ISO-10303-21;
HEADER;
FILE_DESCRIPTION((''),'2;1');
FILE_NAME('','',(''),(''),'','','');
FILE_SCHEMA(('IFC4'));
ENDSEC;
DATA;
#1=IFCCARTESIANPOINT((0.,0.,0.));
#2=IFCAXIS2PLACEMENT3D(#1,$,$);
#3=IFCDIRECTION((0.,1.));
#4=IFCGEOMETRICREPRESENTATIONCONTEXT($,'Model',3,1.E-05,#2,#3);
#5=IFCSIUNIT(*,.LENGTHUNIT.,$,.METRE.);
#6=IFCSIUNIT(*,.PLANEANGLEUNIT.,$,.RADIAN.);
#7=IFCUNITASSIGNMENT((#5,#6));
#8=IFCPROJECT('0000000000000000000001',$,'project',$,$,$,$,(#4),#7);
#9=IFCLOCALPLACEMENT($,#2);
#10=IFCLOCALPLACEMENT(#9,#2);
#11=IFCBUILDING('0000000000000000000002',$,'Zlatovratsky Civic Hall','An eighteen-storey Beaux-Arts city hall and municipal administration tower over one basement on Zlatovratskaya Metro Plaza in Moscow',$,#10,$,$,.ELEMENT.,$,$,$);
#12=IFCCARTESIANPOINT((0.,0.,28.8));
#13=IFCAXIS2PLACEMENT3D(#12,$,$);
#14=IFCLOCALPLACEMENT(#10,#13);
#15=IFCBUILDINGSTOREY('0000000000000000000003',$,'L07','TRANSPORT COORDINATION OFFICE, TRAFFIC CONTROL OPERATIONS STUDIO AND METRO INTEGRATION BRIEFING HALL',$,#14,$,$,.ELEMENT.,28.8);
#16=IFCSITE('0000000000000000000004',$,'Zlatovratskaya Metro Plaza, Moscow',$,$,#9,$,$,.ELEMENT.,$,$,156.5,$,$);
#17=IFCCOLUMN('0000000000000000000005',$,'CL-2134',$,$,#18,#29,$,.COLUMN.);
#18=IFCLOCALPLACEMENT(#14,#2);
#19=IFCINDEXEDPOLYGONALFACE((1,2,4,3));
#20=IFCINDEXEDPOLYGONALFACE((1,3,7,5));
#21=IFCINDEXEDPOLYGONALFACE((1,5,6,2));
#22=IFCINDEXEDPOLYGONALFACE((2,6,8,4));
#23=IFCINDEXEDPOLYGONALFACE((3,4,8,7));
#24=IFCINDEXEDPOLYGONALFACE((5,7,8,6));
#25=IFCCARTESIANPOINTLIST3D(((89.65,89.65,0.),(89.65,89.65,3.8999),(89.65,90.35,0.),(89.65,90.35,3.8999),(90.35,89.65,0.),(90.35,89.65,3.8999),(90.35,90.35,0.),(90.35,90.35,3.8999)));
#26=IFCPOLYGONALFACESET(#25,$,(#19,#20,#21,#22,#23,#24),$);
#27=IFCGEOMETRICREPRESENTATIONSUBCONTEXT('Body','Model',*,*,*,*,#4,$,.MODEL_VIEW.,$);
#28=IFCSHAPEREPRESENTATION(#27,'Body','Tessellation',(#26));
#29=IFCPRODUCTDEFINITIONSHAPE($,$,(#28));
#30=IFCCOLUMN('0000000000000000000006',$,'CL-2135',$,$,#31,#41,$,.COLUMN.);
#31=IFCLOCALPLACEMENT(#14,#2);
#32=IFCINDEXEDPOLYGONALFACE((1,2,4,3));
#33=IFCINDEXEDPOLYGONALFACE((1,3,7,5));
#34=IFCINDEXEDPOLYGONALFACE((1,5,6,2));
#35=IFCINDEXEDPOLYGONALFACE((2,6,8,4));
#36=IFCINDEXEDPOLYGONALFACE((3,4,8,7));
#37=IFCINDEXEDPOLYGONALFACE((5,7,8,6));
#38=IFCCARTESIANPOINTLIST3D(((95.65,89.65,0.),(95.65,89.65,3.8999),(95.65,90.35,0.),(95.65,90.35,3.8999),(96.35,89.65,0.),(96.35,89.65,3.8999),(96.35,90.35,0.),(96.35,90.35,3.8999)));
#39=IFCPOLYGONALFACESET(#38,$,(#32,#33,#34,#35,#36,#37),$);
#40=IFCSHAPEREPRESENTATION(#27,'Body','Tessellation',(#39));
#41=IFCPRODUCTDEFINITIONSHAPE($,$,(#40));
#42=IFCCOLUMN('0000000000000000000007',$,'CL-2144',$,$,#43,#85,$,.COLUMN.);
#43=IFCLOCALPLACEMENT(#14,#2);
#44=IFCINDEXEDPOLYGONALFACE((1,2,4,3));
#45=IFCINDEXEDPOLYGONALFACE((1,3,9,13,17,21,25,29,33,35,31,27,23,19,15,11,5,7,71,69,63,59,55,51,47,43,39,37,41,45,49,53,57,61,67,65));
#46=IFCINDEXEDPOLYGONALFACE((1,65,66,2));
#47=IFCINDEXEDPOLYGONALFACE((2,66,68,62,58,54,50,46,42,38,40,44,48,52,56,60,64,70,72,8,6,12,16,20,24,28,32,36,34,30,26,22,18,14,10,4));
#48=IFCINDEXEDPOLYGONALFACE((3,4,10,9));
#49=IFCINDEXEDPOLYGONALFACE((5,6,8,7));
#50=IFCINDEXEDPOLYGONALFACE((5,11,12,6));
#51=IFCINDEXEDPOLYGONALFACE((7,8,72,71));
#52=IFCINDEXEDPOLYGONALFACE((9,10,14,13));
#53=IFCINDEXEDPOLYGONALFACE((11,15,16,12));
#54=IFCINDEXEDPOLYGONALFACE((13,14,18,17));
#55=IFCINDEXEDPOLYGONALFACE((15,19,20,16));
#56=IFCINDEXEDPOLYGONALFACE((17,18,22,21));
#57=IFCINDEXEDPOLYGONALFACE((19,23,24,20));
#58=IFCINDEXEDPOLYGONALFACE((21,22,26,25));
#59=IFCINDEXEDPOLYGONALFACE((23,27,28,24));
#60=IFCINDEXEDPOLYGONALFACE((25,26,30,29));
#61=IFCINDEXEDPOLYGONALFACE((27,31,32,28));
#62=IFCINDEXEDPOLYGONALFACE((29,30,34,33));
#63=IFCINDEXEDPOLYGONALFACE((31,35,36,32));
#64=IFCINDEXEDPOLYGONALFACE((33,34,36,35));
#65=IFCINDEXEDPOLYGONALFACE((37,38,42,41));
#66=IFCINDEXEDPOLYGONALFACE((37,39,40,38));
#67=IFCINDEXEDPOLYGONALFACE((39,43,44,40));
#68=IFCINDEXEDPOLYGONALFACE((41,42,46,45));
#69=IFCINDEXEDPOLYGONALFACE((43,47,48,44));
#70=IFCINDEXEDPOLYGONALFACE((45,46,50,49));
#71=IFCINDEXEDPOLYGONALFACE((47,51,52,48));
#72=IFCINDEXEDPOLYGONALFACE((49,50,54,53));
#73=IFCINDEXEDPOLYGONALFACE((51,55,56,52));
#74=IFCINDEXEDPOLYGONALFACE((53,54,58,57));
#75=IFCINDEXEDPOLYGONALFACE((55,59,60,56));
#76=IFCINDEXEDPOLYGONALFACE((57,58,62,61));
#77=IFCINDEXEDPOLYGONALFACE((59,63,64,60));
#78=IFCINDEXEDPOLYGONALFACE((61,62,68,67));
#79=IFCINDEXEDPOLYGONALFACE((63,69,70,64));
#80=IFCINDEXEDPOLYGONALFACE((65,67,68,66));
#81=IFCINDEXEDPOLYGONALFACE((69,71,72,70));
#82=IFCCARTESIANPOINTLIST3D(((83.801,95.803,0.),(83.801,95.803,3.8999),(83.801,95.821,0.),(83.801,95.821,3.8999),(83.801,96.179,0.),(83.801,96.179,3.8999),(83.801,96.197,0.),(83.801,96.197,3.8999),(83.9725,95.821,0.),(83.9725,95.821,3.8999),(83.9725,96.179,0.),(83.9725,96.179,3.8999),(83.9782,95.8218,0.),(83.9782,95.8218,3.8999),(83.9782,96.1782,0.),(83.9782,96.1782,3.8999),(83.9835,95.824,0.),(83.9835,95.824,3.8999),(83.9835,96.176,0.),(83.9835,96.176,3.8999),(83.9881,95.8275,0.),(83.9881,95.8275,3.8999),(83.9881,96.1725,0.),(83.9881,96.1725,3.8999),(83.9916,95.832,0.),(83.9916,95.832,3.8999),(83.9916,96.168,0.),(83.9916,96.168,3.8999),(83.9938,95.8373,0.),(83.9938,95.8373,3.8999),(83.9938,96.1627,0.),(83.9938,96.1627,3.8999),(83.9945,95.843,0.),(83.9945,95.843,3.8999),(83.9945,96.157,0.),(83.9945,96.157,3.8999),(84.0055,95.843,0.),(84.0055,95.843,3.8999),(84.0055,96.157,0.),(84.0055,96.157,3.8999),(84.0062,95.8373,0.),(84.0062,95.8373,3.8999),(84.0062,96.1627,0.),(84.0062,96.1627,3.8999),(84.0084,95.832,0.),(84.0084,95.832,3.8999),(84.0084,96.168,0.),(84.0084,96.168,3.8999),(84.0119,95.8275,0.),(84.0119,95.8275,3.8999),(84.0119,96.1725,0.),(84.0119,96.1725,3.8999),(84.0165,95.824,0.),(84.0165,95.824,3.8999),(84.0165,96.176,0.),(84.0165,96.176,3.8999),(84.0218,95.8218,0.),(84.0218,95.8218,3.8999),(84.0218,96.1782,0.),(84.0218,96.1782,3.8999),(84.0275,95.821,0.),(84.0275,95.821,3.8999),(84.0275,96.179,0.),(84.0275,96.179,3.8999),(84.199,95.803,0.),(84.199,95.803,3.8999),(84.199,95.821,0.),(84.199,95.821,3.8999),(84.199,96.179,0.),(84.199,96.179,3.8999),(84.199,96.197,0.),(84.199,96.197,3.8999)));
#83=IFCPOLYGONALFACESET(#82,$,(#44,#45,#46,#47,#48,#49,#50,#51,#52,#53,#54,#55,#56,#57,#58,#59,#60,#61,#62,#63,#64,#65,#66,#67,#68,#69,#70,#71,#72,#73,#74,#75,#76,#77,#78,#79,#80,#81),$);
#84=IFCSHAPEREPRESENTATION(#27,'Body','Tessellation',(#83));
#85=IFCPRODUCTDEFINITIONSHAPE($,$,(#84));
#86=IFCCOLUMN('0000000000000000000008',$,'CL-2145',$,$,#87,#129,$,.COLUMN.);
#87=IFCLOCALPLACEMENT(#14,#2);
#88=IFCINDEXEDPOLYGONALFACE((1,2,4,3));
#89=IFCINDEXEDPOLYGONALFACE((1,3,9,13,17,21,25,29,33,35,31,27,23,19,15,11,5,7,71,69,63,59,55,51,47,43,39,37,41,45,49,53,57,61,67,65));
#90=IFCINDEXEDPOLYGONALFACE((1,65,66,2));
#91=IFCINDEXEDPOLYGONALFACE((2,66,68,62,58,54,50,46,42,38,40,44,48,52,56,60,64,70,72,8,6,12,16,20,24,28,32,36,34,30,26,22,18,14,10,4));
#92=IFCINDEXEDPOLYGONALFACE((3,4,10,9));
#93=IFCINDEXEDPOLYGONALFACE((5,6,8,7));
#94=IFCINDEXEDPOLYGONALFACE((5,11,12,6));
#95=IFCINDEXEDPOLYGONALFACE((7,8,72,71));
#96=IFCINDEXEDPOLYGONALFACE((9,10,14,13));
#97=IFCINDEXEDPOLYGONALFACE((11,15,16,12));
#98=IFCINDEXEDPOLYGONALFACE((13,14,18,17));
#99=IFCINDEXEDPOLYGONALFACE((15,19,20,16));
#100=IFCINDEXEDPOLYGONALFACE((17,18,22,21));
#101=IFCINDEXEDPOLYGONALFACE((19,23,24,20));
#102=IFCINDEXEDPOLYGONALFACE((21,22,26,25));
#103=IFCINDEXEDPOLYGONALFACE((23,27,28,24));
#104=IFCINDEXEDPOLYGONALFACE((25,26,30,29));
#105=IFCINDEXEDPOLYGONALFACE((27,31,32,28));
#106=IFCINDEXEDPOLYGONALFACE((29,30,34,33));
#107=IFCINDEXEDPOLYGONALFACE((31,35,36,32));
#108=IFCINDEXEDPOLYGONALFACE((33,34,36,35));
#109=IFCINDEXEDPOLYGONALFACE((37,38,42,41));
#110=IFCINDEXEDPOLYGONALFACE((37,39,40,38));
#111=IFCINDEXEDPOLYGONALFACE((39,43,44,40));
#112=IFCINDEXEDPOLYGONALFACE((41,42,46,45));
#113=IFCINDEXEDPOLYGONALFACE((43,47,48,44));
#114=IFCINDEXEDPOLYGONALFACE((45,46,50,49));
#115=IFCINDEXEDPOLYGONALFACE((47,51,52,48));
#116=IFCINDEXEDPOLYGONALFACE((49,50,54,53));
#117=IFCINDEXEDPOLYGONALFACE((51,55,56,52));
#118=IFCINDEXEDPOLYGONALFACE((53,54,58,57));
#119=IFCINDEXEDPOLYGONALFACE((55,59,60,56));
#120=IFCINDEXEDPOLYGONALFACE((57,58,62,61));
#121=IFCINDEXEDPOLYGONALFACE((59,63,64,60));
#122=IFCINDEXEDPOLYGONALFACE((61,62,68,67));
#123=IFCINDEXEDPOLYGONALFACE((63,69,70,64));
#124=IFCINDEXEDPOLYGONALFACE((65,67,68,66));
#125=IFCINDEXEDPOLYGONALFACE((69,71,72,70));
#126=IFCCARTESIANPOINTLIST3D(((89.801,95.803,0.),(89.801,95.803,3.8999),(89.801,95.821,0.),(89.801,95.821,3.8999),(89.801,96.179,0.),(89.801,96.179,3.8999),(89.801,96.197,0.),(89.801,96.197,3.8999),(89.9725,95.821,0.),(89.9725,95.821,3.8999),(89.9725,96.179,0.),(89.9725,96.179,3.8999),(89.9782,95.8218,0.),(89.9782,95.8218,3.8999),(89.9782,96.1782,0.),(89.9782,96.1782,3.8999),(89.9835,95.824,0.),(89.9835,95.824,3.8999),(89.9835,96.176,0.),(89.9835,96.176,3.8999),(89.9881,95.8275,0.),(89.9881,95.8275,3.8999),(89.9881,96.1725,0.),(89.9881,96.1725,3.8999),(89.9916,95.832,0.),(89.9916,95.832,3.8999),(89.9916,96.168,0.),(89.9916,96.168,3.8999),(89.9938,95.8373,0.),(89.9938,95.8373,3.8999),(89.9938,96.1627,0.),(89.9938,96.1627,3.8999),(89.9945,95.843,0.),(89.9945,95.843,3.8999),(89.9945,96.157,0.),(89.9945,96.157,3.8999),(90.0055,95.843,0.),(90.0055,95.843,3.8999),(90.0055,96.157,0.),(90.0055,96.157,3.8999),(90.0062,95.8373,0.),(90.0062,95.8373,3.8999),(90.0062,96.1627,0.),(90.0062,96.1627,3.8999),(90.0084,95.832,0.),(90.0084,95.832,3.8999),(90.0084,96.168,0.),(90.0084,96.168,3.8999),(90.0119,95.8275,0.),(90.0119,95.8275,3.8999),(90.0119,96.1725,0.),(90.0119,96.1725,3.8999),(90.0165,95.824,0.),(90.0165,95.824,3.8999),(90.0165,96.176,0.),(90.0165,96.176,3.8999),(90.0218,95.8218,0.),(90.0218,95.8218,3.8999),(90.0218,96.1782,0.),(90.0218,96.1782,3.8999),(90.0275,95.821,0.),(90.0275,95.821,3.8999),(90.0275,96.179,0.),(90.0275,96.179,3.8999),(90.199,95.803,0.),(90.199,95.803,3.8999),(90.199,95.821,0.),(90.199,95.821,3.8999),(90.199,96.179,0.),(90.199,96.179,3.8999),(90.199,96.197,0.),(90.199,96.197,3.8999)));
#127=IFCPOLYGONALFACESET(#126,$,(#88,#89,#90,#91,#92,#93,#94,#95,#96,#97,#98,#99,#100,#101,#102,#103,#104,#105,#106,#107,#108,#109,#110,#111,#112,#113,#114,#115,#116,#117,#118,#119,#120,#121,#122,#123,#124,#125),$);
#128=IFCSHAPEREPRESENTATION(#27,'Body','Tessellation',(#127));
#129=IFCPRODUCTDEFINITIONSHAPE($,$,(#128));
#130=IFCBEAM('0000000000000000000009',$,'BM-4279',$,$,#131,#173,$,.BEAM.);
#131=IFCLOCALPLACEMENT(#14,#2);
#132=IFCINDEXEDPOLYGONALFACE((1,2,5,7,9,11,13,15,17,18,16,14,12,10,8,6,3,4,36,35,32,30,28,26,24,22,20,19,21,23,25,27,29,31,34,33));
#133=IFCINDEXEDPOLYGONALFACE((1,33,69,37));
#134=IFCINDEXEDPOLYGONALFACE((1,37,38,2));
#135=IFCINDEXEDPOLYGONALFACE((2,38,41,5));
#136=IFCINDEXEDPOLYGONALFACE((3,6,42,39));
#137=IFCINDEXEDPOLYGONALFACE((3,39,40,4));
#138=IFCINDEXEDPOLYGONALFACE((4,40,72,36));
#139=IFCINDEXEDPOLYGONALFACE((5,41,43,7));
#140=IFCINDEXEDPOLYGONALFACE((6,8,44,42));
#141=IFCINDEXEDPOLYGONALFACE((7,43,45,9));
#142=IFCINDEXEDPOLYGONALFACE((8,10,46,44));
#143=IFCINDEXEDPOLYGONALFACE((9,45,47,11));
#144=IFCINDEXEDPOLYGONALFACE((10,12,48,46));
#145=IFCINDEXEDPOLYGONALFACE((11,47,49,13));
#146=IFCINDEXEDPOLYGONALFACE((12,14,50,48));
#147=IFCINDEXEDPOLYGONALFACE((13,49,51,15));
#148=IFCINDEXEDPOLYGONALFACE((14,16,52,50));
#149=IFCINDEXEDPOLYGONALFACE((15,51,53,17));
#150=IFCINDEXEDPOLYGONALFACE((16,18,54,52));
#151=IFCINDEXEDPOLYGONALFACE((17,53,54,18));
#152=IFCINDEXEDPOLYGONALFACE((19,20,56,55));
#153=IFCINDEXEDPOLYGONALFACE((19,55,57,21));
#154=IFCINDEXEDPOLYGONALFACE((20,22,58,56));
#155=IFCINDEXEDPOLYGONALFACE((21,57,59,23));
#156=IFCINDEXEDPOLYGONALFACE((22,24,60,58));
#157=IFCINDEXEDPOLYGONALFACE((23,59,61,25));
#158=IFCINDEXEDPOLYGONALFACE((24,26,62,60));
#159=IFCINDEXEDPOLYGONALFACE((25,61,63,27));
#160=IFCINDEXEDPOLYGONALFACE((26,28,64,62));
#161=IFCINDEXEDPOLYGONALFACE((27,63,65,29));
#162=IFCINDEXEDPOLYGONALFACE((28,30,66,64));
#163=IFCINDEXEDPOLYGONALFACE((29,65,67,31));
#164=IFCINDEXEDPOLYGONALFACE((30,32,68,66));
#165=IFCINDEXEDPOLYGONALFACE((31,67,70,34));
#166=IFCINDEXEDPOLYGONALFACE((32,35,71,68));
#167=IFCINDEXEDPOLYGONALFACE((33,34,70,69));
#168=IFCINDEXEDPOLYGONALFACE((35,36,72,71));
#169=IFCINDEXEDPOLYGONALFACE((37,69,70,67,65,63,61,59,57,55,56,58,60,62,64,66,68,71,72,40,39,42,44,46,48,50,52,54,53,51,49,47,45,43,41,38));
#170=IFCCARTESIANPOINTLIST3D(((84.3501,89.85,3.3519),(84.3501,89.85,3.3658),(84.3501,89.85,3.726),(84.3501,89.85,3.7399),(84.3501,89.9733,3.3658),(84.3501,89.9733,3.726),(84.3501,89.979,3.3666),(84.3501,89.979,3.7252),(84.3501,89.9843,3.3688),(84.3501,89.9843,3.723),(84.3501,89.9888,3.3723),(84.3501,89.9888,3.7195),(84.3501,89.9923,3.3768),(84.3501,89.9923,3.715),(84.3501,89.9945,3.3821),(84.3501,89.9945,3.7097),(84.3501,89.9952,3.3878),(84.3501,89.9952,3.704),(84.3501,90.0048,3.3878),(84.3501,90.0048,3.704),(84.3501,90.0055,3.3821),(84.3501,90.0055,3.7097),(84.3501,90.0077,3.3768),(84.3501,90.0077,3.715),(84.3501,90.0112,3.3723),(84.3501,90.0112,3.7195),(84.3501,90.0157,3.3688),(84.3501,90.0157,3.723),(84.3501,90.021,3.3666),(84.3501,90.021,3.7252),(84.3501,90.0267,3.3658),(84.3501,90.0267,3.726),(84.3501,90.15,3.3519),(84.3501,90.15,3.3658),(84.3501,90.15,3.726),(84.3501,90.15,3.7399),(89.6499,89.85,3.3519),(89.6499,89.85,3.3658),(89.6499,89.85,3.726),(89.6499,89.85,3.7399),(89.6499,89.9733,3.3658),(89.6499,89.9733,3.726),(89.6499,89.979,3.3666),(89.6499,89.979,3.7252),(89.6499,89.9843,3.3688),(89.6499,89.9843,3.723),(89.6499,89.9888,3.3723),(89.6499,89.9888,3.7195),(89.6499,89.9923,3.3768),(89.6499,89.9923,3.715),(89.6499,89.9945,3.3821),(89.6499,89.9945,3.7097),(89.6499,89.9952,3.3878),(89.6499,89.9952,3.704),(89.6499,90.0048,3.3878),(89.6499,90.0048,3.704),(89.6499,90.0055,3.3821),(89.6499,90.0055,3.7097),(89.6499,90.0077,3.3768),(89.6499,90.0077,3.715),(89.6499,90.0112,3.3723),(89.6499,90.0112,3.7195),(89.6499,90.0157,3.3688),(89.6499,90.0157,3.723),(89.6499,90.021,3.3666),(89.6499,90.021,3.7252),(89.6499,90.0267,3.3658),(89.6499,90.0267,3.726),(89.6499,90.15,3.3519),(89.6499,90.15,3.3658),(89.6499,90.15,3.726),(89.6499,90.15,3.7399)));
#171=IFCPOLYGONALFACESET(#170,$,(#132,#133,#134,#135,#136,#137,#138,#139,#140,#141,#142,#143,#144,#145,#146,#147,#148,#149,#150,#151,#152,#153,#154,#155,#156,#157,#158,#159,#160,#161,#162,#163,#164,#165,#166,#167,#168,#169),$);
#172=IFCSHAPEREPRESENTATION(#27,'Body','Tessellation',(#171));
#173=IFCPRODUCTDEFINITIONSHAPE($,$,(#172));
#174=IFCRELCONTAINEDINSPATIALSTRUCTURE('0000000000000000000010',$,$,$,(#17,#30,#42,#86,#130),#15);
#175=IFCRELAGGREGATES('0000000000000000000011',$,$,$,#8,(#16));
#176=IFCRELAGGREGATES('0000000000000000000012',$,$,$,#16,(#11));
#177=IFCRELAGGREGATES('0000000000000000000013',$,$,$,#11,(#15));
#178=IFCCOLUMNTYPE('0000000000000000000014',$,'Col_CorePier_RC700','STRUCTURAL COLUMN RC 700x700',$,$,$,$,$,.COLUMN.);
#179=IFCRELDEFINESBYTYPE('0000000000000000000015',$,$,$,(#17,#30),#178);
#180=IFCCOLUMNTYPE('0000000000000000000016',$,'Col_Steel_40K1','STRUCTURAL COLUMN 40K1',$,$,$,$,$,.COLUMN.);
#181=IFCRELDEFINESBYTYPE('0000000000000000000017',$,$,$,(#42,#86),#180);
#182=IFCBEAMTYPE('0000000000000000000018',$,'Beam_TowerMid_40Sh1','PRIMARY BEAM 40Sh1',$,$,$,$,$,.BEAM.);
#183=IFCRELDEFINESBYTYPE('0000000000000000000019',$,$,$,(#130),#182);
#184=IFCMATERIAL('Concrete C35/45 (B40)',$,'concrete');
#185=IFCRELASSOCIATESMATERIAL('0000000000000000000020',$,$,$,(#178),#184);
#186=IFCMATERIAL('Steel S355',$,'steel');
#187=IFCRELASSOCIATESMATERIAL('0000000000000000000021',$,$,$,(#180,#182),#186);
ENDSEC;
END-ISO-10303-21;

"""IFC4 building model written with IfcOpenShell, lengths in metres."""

from ifc_helpers import new_model, si_unit, direction, frame, origin, origin_2d, place, context, subcontext, project, spatial, rectangle, i_section, extrude, material, material_profile, profile_set, type_object, element, save


model = new_model("IFC4")

# Units and contexts
model_context = context("Model", 3, precision=1e-05, world=origin(), true_north=direction((0.0, 1.0)))
body_context = subcontext(model_context, "Body", "Model", "MODEL_VIEW")
ifc_project = project(units=[si_unit("LENGTHUNIT", "METRE"), si_unit("PLANEANGLEUNIT", "RADIAN")], contexts=[model_context])

# Site, building, storey
site_placement = place(None, origin())
site = spatial("IfcSite", under=ifc_project, at=site_placement, Name="Zlatovratskaya Metro Plaza, Moscow", CompositionType="ELEMENT", RefElevation=156.5)
building_placement = place(site_placement, origin())
building = spatial("IfcBuilding", under=site, at=building_placement, Name="Zlatovratsky Civic Hall", Description="An eighteen-storey Beaux-Arts city hall and municipal administration tower over one basement on Zlatovratskaya Metro Plaza in Moscow", CompositionType="ELEMENT")
storey_placement = place(building_placement, frame((0.0, 0.0, 28.8)))
storey = spatial("IfcBuildingStorey", under=building, at=storey_placement, Name="L07", Description="TRANSPORT COORDINATION OFFICE, TRAFFIC CONTROL OPERATIONS STUDIO AND METRO INTEGRATION BRIEFING HALL", CompositionType="ELEMENT", Elevation=28.8)

# Columns
ifc_material_1 = material(Name="Concrete C35/45 (B40)", Category="concrete")
ifc_material_profile_1 = material_profile(ifc_material_1, rectangle(XDim=0.7, YDim=0.7, at=origin_2d()), Name="RC 700x700")
ifc_profile_set_1 = profile_set([ifc_material_profile_1], Name="Concrete C35/45 (B40)")
column_type_1 = type_object("IfcColumnType", Name="Col_CorePier_RC700", Description="STRUCTURAL COLUMN RC 700x700", PredefinedType="COLUMN", material=ifc_profile_set_1)
for number, where, z_axis, x_axis, name in (
    (1, (90.0, 90.0, 0.0), (0.0, 0.0, 1.0), (1.0, 0.0, 0.0), "CL-2134"),
    (2, (96.0, 90.0, 0.0), (0.0, 0.0, 1.0), (1.0, 0.0, 0.0), "CL-2135"),
):
    element("IfcColumn", number, at=place(storey_placement, frame(where, z_axis=z_axis, x_axis=x_axis)), inside=storey, type_object=column_type_1, Name=name, PredefinedType="COLUMN", context=body_context, shape_type="SweptSolid", body=[
        extrude(rectangle(XDim=0.7, YDim=0.7, at=origin_2d()), origin(), (0.0, 0.0, 1.0), 3.8999),
    ])
ifc_material_2 = material(Name="Steel S355", Category="steel")
ifc_material_profile_2 = material_profile(ifc_material_2, i_section(OverallWidth=0.3979, OverallDepth=0.394, WebThickness=0.011, FlangeThickness=0.0181, FilletRadius=0.022, at=origin_2d()), Name="40K1")
ifc_profile_set_2 = profile_set([ifc_material_profile_2], Name="Steel S355")
column_type_2 = type_object("IfcColumnType", Name="Col_Steel_40K1", Description="STRUCTURAL COLUMN 40K1", PredefinedType="COLUMN", material=ifc_profile_set_2)
for number, where, z_axis, x_axis, name in (
    (3, (84.0, 96.0, 0.0), (0.0, 0.0, 1.0), (1.0, 0.0, 0.0), "CL-2144"),
    (4, (90.0, 96.0, 0.0), (0.0, 0.0, 1.0), (1.0, 0.0, 0.0), "CL-2145"),
):
    element("IfcColumn", number, at=place(storey_placement, frame(where, z_axis=z_axis, x_axis=x_axis)), inside=storey, type_object=column_type_2, Name=name, PredefinedType="COLUMN", context=body_context, shape_type="SweptSolid", body=[
        extrude(i_section(OverallWidth=0.3979, OverallDepth=0.394, WebThickness=0.011, FlangeThickness=0.0181, FilletRadius=0.022, at=origin_2d()), origin(), (0.0, 0.0, 1.0), 3.8999),
    ])

# Beam
ifc_material_profile_3 = material_profile(ifc_material_2, i_section(OverallWidth=0.3, OverallDepth=0.3879, WebThickness=0.0095, FlangeThickness=0.0139, FilletRadius=0.022, at=origin_2d()), Name="40Sh1")
ifc_profile_set_3 = profile_set([ifc_material_profile_3], Name="Steel S355")
beam_type_1 = type_object("IfcBeamType", Name="Beam_TowerMid_40Sh1", Description="PRIMARY BEAM 40Sh1", PredefinedType="BEAM", material=ifc_profile_set_3)
for number, where, z_axis, x_axis, name in (
    (5, (84.3501, 90.0, 3.5459), (1.0, 0.0, 0.0), (0.0, 1.0, 0.0), "BM-4279"),
):
    element("IfcBeam", number, at=place(storey_placement, frame(where, z_axis=z_axis, x_axis=x_axis)), inside=storey, type_object=beam_type_1, Name=name, PredefinedType="BEAM", context=body_context, shape_type="SweptSolid", body=[
        extrude(i_section(OverallWidth=0.3, OverallDepth=0.3879, WebThickness=0.0095, FlangeThickness=0.0139, FilletRadius=0.022, at=origin_2d()), origin(), (0.0, 0.0, 1.0), 5.2998),
    ])

save(model, "model.ifc")
